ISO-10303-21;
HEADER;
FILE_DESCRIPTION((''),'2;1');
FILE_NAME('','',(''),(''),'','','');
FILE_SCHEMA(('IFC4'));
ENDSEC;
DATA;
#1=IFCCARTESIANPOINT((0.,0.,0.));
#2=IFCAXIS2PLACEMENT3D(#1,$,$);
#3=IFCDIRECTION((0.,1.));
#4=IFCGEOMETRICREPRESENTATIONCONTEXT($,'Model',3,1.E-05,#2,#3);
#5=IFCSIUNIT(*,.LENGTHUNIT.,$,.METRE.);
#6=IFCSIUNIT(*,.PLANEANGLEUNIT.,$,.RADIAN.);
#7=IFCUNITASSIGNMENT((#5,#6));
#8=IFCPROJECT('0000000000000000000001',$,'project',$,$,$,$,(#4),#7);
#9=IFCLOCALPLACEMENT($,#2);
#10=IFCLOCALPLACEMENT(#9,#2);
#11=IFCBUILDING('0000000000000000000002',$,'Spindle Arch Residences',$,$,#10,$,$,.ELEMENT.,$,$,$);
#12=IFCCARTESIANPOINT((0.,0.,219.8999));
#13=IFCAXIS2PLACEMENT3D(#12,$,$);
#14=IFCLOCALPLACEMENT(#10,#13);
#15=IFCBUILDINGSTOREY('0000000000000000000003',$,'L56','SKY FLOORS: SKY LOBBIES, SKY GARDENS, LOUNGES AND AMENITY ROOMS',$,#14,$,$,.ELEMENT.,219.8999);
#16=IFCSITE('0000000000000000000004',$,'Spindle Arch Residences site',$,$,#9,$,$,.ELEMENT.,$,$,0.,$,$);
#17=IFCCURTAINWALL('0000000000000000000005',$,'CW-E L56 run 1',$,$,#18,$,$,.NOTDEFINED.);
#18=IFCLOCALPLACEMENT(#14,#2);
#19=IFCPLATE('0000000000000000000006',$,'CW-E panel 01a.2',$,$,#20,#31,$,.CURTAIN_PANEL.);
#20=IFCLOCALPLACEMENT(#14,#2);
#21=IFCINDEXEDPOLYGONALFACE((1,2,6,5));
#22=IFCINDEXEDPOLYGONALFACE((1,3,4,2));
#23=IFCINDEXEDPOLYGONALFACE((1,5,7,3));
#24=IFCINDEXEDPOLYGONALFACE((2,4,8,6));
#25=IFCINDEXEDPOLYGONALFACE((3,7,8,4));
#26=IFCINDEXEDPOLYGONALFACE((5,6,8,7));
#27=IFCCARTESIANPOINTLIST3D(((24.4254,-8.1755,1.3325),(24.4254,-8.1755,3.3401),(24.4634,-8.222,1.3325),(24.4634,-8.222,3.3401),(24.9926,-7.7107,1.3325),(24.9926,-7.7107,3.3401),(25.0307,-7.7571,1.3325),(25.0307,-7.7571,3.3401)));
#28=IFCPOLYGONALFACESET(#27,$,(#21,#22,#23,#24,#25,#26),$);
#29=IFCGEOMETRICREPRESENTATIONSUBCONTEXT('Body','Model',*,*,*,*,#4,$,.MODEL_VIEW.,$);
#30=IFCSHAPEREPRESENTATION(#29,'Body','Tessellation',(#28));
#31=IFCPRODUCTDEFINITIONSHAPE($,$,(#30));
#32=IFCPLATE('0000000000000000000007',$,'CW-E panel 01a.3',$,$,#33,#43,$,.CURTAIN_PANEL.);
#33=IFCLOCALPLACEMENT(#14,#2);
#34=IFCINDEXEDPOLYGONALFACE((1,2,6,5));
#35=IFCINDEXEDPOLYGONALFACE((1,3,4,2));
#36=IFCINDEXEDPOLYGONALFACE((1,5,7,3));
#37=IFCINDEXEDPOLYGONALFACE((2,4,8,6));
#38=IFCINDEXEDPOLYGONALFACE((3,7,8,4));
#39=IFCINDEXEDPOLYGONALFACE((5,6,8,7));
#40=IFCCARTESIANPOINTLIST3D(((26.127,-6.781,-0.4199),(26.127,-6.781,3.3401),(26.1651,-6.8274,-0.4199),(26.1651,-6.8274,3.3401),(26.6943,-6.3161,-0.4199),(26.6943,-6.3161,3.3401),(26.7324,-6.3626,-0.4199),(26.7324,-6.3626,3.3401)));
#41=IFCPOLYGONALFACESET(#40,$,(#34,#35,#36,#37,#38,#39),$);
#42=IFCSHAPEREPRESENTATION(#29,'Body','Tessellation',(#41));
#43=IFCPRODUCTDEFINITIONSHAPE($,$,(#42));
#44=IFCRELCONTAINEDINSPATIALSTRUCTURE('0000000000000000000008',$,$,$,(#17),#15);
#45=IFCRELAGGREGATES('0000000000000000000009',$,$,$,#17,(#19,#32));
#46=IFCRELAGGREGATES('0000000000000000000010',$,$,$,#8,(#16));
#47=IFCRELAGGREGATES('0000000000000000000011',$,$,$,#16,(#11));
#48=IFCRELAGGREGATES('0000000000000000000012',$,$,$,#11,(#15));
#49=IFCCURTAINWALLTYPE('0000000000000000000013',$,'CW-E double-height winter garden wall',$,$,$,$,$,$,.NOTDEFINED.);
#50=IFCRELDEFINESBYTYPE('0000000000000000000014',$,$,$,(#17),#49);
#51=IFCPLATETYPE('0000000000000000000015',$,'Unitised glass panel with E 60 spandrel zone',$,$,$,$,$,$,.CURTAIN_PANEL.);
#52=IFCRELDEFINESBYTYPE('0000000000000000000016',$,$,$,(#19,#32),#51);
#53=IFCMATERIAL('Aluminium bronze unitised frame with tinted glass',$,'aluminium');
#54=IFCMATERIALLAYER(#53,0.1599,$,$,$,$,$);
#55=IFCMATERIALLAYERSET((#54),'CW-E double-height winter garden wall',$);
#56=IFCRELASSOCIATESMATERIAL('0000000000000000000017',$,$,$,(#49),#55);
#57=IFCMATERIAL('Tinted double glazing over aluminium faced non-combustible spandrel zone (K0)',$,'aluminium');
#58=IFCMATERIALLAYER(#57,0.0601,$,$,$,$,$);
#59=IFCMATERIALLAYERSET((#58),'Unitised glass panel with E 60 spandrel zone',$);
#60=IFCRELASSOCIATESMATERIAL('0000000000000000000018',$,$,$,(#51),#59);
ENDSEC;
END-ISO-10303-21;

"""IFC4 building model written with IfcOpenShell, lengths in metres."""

from ifc_helpers import new_model, si_unit, direction, frame, origin, origin_2d, place, context, subcontext, project, spatial, rectangle, extrude, material, layer, layer_set, type_object, element, aggregate, save


model = new_model("IFC4")

# Units and contexts
model_context = context("Model", 3, precision=1e-05, world=origin(), true_north=direction((0.0, 1.0)))
body_context = subcontext(model_context, "Body", "Model", "MODEL_VIEW")
ifc_project = project(units=[si_unit("LENGTHUNIT", "METRE"), si_unit("PLANEANGLEUNIT", "RADIAN")], contexts=[model_context])

# Site, building, storey
site_placement = place(None, origin())
site = spatial("IfcSite", under=ifc_project, at=site_placement, Name="Spindle Arch Residences site", CompositionType="ELEMENT", RefElevation=0.0)
building_placement = place(site_placement, origin())
building = spatial("IfcBuilding", under=site, at=building_placement, Name="Spindle Arch Residences", CompositionType="ELEMENT")
storey_placement = place(building_placement, frame((0.0, 0.0, 219.8999)))
storey = spatial("IfcBuildingStorey", under=building, at=storey_placement, Name="L56", Description="SKY FLOORS: SKY LOBBIES, SKY GARDENS, LOUNGES AND AMENITY ROOMS", CompositionType="ELEMENT", Elevation=219.8999)

# Curtain wall, plates
ifc_material_1 = material(Name="Aluminium bronze unitised frame with tinted glass", Category="aluminium")
ifc_layer_1 = layer(ifc_material_1, 0.1599)
ifc_layer_set_1 = layer_set([ifc_layer_1], Name="CW-E double-height winter garden wall")
curtain_wall_type = type_object("IfcCurtainWallType", Name="CW-E double-height winter garden wall", PredefinedType="NOTDEFINED", material=ifc_layer_set_1)
curtain_wall_placement = place(storey_placement, origin())
curtain_wall = element("IfcCurtainWall", 1, at=curtain_wall_placement, inside=storey, type_object=curtain_wall_type, Name="CW-E L56 run 1", PredefinedType="NOTDEFINED")
ifc_material_2 = material(Name="Tinted double glazing over aluminium faced non-combustible spandrel zone (K0)", Category="aluminium")
ifc_layer_2 = layer(ifc_material_2, 0.0601)
ifc_layer_set_2 = layer_set([ifc_layer_2], Name="Unitised glass panel with E 60 spandrel zone")
plate_type_1 = type_object("IfcPlateType", Name="Unitised glass panel with E 60 spandrel zone", PredefinedType="CURTAIN_PANEL", material=ifc_layer_set_2)
plate_1_placement = place(storey_placement, frame((24.728, -7.9663, 1.3325), z_axis=(0.0, 0.0, 1.0), x_axis=(0.773472, 0.633831, 0.0)))
plate_1 = element("IfcPlate", 2, at=plate_1_placement, type_object=plate_type_1, Name="CW-E panel 01a.2", PredefinedType="CURTAIN_PANEL", context=body_context, shape_type="SweptSolid", body=[
    extrude(rectangle(XDim=0.7334, YDim=0.0601, at=origin_2d()), origin(), (0.0, 0.0, 1.0), 2.0076),
])
plate_2_placement = place(storey_placement, frame((26.4297, -6.5718, -0.4199), z_axis=(0.0, 0.0, 1.0), x_axis=(0.773472, 0.633831, 0.0)))
plate_2 = element("IfcPlate", 3, at=plate_2_placement, type_object=plate_type_1, Name="CW-E panel 01a.3", PredefinedType="CURTAIN_PANEL", context=body_context, shape_type="SweptSolid", body=[
    extrude(rectangle(XDim=0.7334, YDim=0.0601, at=origin_2d()), origin(), (0.0, 0.0, 1.0), 3.76),
])
aggregate(curtain_wall, [plate_1, plate_2])

save(model, "model.ifc")
